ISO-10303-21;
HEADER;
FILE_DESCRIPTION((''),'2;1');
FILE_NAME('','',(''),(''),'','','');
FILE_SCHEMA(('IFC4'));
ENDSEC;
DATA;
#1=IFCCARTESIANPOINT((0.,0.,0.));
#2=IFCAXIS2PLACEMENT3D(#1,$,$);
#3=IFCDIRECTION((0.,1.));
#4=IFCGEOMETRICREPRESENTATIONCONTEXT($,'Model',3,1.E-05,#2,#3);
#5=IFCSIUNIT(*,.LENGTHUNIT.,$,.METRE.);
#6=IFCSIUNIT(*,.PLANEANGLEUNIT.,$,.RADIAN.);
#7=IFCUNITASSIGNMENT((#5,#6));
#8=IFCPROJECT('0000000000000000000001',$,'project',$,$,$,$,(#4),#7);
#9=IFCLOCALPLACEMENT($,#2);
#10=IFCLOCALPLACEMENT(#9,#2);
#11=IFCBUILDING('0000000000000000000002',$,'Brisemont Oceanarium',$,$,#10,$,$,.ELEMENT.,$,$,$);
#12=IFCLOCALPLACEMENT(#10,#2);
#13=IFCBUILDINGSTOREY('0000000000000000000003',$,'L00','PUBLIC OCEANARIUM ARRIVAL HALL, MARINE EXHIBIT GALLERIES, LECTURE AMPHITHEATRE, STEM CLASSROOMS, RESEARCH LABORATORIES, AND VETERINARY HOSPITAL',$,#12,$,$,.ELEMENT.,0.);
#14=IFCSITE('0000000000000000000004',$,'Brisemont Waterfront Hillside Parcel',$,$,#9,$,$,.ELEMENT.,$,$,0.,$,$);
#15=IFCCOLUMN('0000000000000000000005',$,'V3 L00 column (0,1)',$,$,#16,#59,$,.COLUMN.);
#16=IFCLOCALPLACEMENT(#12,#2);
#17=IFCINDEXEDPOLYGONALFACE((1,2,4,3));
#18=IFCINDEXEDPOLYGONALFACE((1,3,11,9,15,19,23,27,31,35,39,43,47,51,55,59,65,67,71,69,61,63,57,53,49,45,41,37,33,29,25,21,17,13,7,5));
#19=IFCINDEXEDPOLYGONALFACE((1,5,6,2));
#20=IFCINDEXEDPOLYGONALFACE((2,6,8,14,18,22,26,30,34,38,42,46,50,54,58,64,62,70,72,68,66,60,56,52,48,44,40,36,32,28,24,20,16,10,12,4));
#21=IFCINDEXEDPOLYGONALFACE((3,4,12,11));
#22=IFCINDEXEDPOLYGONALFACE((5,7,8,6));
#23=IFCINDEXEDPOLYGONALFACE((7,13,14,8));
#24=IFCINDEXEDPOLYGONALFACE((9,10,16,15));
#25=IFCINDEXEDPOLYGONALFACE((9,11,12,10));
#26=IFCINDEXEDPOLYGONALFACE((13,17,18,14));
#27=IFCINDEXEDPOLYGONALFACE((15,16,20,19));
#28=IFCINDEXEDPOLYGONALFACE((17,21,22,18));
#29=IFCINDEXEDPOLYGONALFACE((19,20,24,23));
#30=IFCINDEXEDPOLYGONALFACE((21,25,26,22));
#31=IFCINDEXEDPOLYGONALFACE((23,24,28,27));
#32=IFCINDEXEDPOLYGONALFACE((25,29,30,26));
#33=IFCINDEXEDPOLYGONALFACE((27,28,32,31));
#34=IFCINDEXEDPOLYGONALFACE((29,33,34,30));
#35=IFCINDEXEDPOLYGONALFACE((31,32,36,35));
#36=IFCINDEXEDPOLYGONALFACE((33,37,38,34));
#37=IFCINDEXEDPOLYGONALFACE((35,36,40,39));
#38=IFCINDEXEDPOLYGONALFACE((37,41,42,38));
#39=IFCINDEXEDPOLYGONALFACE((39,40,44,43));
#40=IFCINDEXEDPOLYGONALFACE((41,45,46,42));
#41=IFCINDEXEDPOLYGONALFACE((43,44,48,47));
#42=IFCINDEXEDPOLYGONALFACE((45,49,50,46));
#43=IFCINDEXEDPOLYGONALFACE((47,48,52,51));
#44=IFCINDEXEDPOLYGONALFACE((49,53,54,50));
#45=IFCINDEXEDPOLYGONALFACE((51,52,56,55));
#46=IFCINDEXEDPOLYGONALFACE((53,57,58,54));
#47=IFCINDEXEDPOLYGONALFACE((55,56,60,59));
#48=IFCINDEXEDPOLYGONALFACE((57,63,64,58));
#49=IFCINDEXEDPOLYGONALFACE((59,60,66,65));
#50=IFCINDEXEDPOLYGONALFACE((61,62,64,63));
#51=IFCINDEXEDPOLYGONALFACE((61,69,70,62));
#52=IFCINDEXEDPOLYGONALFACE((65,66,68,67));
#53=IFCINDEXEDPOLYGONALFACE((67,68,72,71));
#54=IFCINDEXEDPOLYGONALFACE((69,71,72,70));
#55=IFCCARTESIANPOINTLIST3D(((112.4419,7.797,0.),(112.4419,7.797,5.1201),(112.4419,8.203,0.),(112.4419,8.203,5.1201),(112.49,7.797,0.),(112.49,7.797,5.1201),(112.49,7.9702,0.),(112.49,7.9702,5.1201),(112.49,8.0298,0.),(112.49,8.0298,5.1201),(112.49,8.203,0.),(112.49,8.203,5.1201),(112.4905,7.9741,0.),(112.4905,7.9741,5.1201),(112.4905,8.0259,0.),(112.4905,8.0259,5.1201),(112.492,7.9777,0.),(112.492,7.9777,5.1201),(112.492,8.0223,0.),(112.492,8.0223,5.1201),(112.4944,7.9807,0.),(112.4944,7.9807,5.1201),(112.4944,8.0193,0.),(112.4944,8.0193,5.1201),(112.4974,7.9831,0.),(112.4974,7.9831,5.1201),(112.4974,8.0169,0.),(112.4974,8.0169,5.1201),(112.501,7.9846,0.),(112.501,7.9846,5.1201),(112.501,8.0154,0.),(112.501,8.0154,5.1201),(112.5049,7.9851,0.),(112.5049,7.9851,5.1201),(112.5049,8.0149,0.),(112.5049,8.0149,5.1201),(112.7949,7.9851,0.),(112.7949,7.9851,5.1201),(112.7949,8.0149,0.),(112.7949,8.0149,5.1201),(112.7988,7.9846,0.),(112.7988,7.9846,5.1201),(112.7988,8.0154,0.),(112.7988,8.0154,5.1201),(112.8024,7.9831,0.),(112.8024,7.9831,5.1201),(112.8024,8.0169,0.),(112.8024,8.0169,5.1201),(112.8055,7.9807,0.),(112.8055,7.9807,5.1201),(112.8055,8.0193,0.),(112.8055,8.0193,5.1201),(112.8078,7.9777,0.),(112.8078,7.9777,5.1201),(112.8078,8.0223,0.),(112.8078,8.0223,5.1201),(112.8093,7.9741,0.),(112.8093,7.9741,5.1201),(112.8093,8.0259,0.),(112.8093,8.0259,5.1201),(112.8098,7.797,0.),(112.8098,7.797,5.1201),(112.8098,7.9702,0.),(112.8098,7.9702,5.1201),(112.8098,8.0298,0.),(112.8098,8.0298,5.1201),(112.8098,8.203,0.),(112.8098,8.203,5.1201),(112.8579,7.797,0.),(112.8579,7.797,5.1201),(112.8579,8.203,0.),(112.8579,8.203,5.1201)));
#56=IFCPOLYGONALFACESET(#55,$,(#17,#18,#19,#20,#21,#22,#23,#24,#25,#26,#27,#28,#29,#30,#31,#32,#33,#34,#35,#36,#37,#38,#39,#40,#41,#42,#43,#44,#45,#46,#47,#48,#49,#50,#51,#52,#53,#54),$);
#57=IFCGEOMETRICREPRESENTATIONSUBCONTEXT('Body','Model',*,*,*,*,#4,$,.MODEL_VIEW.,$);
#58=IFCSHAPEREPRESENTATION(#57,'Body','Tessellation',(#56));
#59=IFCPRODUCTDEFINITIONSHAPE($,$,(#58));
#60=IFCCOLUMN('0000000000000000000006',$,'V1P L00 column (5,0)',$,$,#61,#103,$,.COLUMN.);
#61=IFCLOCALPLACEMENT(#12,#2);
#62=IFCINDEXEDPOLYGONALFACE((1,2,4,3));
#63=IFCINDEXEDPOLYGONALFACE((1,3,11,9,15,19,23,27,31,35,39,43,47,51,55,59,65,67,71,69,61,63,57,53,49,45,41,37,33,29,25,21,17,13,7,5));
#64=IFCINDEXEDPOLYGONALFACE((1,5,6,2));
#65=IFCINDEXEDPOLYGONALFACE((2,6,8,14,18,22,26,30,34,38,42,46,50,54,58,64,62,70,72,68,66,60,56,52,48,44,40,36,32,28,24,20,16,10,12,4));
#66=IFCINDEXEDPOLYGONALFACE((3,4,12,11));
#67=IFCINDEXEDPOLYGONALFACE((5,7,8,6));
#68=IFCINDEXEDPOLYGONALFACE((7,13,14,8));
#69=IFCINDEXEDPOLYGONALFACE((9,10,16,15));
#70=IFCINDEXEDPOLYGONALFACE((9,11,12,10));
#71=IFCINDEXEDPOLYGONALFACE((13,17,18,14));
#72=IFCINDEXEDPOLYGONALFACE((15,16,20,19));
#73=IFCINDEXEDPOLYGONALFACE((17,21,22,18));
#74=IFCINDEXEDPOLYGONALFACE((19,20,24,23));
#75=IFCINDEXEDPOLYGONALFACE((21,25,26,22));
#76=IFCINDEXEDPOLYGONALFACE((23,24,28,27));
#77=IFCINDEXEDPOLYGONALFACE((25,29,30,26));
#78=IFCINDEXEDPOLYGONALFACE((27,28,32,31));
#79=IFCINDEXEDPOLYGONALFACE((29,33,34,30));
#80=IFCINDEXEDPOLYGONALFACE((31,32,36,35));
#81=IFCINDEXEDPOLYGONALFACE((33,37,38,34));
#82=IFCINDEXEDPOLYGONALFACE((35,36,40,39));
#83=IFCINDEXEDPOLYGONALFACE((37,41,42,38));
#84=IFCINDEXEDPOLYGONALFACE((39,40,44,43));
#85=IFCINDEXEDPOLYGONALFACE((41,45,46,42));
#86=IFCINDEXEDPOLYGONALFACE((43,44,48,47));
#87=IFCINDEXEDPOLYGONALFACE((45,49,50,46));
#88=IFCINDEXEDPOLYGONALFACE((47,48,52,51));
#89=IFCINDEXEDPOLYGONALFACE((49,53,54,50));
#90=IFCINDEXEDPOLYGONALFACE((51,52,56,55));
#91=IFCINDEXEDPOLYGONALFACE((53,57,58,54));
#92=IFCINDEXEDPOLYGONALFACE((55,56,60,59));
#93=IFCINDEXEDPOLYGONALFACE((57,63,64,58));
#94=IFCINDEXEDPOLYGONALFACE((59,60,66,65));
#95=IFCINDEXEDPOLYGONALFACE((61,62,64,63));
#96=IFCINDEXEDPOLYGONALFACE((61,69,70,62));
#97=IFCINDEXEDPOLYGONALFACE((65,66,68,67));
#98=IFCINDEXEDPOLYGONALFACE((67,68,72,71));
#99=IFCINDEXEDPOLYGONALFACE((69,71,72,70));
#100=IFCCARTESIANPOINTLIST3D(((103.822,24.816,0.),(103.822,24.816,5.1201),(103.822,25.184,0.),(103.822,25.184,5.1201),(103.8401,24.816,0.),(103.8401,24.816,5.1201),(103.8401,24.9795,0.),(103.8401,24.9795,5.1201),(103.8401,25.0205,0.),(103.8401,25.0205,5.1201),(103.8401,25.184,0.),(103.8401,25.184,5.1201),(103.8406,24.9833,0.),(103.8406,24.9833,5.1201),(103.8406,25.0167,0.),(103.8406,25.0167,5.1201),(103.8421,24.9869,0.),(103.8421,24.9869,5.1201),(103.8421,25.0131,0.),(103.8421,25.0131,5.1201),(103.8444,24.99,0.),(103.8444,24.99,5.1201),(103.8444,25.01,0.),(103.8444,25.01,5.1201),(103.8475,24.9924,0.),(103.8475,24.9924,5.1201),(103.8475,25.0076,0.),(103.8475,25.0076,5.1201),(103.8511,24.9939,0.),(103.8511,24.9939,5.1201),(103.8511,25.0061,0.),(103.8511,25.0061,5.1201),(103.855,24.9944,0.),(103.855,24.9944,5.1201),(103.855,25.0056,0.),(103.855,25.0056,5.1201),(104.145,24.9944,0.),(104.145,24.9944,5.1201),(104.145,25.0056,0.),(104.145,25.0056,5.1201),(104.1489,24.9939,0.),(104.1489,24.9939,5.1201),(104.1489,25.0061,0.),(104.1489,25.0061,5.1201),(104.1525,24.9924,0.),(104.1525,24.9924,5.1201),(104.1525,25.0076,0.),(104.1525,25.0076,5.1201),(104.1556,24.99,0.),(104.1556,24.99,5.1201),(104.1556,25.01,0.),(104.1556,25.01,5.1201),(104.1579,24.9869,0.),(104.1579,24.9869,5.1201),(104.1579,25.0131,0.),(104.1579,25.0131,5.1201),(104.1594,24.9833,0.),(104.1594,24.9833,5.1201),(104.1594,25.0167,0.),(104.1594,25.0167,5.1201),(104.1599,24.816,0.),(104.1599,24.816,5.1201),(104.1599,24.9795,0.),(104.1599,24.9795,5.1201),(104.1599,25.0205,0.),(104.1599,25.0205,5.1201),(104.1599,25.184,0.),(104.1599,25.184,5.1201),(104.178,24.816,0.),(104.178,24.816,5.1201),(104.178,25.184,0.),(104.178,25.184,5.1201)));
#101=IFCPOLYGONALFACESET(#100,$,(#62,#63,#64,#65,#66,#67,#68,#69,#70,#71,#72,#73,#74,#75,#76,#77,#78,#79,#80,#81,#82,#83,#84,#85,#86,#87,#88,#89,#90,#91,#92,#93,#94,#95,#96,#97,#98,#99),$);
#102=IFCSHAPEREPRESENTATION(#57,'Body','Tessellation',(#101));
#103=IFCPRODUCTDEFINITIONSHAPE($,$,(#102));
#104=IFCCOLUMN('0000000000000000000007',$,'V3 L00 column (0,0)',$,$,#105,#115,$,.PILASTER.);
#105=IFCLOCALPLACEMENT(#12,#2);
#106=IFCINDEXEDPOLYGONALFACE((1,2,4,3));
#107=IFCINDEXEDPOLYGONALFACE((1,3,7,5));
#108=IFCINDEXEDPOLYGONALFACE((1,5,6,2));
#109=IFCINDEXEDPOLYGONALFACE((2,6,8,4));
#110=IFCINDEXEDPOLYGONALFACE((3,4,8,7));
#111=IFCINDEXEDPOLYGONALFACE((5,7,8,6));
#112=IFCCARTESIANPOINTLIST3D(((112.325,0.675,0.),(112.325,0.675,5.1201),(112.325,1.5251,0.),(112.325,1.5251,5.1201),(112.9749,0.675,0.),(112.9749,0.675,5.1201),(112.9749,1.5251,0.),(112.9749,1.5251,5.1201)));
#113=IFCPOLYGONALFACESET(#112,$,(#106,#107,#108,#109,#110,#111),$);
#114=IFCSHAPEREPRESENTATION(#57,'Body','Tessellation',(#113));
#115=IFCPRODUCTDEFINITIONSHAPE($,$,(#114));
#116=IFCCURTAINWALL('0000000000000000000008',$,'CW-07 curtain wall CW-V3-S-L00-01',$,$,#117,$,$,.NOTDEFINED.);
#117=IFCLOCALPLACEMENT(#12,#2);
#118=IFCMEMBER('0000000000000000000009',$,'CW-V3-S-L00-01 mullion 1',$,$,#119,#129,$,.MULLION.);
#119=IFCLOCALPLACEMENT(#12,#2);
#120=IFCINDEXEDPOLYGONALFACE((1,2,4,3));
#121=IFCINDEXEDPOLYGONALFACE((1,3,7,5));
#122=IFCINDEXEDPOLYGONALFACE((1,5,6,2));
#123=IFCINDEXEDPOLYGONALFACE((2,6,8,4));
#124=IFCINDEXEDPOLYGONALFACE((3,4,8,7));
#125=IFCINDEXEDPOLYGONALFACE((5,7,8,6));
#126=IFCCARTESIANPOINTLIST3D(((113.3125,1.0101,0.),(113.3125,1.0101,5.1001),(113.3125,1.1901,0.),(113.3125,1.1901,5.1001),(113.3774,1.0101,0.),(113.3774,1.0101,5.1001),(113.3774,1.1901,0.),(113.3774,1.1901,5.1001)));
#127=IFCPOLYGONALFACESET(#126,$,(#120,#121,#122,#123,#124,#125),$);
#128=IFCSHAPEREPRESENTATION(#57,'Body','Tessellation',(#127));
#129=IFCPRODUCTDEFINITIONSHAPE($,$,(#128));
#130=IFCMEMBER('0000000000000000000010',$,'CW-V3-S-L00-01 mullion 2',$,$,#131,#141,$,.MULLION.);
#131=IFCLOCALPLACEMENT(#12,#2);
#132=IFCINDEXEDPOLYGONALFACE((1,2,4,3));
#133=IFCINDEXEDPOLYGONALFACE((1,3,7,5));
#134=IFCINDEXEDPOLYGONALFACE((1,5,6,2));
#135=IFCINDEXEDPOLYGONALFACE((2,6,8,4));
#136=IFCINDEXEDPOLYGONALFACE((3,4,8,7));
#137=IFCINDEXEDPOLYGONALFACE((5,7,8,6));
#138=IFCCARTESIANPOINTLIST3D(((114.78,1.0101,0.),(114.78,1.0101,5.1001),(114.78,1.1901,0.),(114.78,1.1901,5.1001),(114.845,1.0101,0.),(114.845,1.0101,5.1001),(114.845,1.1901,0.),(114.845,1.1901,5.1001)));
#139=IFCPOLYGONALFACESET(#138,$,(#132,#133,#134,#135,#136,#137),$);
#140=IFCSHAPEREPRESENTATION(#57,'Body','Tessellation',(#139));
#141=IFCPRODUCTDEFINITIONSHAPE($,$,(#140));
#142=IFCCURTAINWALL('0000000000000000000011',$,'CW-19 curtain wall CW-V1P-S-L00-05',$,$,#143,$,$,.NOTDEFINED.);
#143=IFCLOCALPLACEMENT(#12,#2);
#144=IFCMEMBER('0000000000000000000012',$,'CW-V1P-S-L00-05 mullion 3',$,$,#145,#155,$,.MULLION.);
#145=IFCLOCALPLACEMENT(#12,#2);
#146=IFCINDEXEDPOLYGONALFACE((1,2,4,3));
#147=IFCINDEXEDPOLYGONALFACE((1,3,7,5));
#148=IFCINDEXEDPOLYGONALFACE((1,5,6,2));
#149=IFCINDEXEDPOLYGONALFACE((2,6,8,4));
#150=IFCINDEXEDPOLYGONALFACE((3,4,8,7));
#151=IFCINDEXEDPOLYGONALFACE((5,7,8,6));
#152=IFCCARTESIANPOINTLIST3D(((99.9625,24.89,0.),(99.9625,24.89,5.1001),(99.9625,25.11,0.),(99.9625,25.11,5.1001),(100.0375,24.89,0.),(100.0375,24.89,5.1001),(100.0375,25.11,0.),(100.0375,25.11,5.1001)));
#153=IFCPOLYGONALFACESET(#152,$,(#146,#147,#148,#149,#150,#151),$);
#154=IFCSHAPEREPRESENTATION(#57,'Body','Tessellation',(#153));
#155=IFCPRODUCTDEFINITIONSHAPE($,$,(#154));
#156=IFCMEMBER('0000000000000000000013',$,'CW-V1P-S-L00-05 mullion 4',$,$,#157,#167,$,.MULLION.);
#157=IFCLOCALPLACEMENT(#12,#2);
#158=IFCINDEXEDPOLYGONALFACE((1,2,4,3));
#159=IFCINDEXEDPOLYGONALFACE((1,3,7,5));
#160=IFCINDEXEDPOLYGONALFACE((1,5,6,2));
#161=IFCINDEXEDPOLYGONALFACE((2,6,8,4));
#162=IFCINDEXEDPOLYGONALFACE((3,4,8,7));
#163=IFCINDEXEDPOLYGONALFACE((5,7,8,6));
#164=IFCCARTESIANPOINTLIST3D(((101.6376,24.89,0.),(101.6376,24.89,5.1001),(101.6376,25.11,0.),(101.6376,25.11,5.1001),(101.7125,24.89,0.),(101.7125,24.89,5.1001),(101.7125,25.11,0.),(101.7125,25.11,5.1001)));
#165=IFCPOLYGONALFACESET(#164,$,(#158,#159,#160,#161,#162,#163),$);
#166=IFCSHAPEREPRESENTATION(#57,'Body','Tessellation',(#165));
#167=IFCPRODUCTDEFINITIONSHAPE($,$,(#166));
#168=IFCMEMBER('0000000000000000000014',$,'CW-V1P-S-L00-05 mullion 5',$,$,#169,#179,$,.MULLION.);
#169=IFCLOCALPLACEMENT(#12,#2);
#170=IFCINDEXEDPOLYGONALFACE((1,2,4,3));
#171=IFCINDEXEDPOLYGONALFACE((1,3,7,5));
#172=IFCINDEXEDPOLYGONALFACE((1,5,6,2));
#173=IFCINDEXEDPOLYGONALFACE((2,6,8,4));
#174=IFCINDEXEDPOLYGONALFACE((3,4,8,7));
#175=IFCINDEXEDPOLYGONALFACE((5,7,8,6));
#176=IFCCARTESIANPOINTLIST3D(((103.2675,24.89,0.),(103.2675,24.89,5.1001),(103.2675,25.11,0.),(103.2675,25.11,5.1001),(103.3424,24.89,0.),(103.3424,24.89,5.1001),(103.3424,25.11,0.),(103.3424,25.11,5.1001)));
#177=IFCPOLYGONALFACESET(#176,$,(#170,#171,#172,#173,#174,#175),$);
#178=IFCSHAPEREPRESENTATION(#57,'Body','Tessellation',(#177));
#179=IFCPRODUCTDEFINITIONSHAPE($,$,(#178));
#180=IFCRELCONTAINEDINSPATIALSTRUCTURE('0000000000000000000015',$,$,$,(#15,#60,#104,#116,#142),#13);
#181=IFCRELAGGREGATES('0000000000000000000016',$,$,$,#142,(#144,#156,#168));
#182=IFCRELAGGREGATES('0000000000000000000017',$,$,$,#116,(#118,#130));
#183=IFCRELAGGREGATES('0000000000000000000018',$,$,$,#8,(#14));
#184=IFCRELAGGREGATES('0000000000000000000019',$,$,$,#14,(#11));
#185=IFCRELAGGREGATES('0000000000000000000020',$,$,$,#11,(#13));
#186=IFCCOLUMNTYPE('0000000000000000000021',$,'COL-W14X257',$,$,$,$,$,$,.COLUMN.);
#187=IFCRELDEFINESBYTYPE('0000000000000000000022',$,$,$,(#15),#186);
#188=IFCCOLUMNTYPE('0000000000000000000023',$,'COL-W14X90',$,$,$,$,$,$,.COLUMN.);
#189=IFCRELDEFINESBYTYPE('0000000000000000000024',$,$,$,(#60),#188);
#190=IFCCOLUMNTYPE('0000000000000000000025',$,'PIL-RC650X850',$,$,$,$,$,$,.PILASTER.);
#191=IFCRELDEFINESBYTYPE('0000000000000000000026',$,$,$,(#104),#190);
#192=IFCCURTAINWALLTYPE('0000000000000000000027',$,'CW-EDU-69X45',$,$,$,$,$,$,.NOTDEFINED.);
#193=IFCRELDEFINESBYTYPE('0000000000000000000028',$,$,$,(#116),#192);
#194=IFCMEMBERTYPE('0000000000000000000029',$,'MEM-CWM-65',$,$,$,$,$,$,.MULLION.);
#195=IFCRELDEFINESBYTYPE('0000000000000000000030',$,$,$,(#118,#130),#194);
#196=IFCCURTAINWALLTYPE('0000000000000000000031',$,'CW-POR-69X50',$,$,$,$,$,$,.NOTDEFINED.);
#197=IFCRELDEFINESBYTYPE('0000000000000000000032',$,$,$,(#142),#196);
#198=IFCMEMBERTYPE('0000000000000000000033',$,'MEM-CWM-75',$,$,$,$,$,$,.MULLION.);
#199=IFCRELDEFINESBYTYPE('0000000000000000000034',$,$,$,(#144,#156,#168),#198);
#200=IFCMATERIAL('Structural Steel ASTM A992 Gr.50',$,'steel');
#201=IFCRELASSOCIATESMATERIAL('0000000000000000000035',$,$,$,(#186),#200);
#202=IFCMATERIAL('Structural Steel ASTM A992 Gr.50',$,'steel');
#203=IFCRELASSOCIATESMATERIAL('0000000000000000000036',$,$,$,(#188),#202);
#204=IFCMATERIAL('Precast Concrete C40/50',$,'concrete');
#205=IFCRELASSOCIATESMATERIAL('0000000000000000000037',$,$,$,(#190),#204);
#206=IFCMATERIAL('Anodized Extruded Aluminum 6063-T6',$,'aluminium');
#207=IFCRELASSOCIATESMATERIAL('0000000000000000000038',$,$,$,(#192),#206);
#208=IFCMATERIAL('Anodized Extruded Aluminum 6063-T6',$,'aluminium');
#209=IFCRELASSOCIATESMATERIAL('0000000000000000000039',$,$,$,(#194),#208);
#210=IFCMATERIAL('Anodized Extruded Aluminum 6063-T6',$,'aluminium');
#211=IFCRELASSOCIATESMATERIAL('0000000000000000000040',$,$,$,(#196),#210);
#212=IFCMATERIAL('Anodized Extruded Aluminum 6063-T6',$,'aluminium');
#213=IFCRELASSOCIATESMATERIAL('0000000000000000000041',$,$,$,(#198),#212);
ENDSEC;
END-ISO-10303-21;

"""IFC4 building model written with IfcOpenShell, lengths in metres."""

from ifc_helpers import new_model, si_unit, direction, frame, origin, origin_2d, place, context, subcontext, project, spatial, rectangle, i_section, extrude, material, material_profile, profile_set, type_object, element, aggregate, save


model = new_model("IFC4")

# Units and contexts
model_context = context("Model", 3, precision=1e-05, world=origin(), true_north=direction((0.0, 1.0)))
body_context = subcontext(model_context, "Body", "Model", "MODEL_VIEW")
ifc_project = project(units=[si_unit("LENGTHUNIT", "METRE"), si_unit("PLANEANGLEUNIT", "RADIAN")], contexts=[model_context])

# Site, building, storey
site_placement = place(None, origin())
site = spatial("IfcSite", under=ifc_project, at=site_placement, Name="Brisemont Waterfront Hillside Parcel", CompositionType="ELEMENT", RefElevation=0.0)
building_placement = place(site_placement, origin())
building = spatial("IfcBuilding", under=site, at=building_placement, Name="Brisemont Oceanarium", CompositionType="ELEMENT")
storey_placement = place(building_placement, origin())
storey = spatial("IfcBuildingStorey", under=building, at=storey_placement, Name="L00", Description="PUBLIC OCEANARIUM ARRIVAL HALL, MARINE EXHIBIT GALLERIES, LECTURE AMPHITHEATRE, STEM CLASSROOMS, RESEARCH LABORATORIES, AND VETERINARY HOSPITAL", CompositionType="ELEMENT", Elevation=0.0)

# Columns
ifc_material_1 = material(Name="Structural Steel ASTM A992 Gr.50", Category="steel")
ifc_material_profile_1 = material_profile(ifc_material_1, i_section(OverallWidth=0.406, OverallDepth=0.416, WebThickness=0.0298, FlangeThickness=0.0481, FilletRadius=0.0149, at=origin_2d()), Name="W14X257")
ifc_profile_set_1 = profile_set([ifc_material_profile_1], Name="Structural Steel ASTM A992 Gr.50")
column_type_1 = type_object("IfcColumnType", Name="COL-W14X257", PredefinedType="COLUMN", material=ifc_profile_set_1)
column_1_placement = place(storey_placement, frame((112.6499, 8.0, 0.0), z_axis=(0.0, 0.0, 1.0), x_axis=(0.0, 1.0, 0.0)))
element("IfcColumn", 1, at=column_1_placement, inside=storey, type_object=column_type_1, Name="V3 L00 column (0,1)", PredefinedType="COLUMN", context=body_context, shape_type="SweptSolid", body=[
    extrude(i_section(OverallWidth=0.406, OverallDepth=0.416, WebThickness=0.0298, FlangeThickness=0.0481, FilletRadius=0.0149, at=origin_2d()), origin(), (0.0, 0.0, 1.0), 5.1201),
])
ifc_material_2 = material(Name="Structural Steel ASTM A992 Gr.50", Category="steel")
ifc_material_profile_2 = material_profile(ifc_material_2, i_section(OverallWidth=0.3679, OverallDepth=0.356, WebThickness=0.0112, FlangeThickness=0.0181, FilletRadius=0.0149, at=origin_2d()), Name="W14X90")
ifc_profile_set_2 = profile_set([ifc_material_profile_2], Name="Structural Steel ASTM A992 Gr.50")
column_type_2 = type_object("IfcColumnType", Name="COL-W14X90", PredefinedType="COLUMN", material=ifc_profile_set_2)
column_2_placement = place(storey_placement, frame((104.0, 25.0, 0.0), z_axis=(0.0, 0.0, 1.0), x_axis=(0.0, 1.0, 0.0)))
element("IfcColumn", 2, at=column_2_placement, inside=storey, type_object=column_type_2, Name="V1P L00 column (5,0)", PredefinedType="COLUMN", context=body_context, shape_type="SweptSolid", body=[
    extrude(i_section(OverallWidth=0.3679, OverallDepth=0.356, WebThickness=0.0112, FlangeThickness=0.0181, FilletRadius=0.0149, at=origin_2d()), origin(), (0.0, 0.0, 1.0), 5.1201),
])
ifc_material_3 = material(Name="Precast Concrete C40/50", Category="concrete")
ifc_material_profile_3 = material_profile(ifc_material_3, rectangle(XDim=0.6499, YDim=0.8501, at=origin_2d()), Name="RC-PIL-650X850")
ifc_profile_set_3 = profile_set([ifc_material_profile_3], Name="Precast Concrete C40/50")
column_type_3 = type_object("IfcColumnType", Name="PIL-RC650X850", PredefinedType="PILASTER", material=ifc_profile_set_3)
column_3_placement = place(storey_placement, frame((112.6499, 1.1001, 0.0), z_axis=(0.0, 0.0, 1.0), x_axis=(1.0, 0.0, 0.0)))
element("IfcColumn", 3, at=column_3_placement, inside=storey, type_object=column_type_3, Name="V3 L00 column (0,0)", PredefinedType="PILASTER", context=body_context, shape_type="SweptSolid", body=[
    extrude(rectangle(XDim=0.6499, YDim=0.8501, at=origin_2d()), origin(), (0.0, 0.0, 1.0), 5.1201),
])

# Curtain walls, members
ifc_material_4 = material(Name="Anodized Extruded Aluminum 6063-T6", Category="aluminium")
curtain_wall_type_1 = type_object("IfcCurtainWallType", Name="CW-EDU-69X45", PredefinedType="NOTDEFINED", material=ifc_material_4)
curtain_wall_1_placement = place(storey_placement, origin())
curtain_wall_1 = element("IfcCurtainWall", 4, at=curtain_wall_1_placement, inside=storey, type_object=curtain_wall_type_1, Name="CW-07 curtain wall CW-V3-S-L00-01", PredefinedType="NOTDEFINED")
ifc_material_5 = material(Name="Anodized Extruded Aluminum 6063-T6", Category="aluminium")
ifc_material_profile_4 = material_profile(ifc_material_5, rectangle(XDim=0.0649, YDim=0.1799, at=origin_2d()), Name="CWM-65X180")
ifc_profile_set_4 = profile_set([ifc_material_profile_4], Name="Anodized Extruded Aluminum 6063-T6")
member_type_1 = type_object("IfcMemberType", Name="MEM-CWM-65", PredefinedType="MULLION", material=ifc_profile_set_4)
member_1_placement = place(storey_placement, frame((113.345, 1.1001, 0.0), z_axis=(0.0, 0.0, 1.0), x_axis=(1.0, 0.0, 0.0)))
member_1 = element("IfcMember", 5, at=member_1_placement, type_object=member_type_1, Name="CW-V3-S-L00-01 mullion 1", PredefinedType="MULLION", context=body_context, shape_type="SweptSolid", body=[
    extrude(rectangle(XDim=0.0649, YDim=0.1799, at=origin_2d()), origin(), (0.0, 0.0, 1.0), 5.1001),
])
member_2_placement = place(storey_placement, frame((114.8125, 1.1001, 0.0), z_axis=(0.0, 0.0, 1.0), x_axis=(1.0, 0.0, 0.0)))
member_2 = element("IfcMember", 6, at=member_2_placement, type_object=member_type_1, Name="CW-V3-S-L00-01 mullion 2", PredefinedType="MULLION", context=body_context, shape_type="SweptSolid", body=[
    extrude(rectangle(XDim=0.0649, YDim=0.1799, at=origin_2d()), origin(), (0.0, 0.0, 1.0), 5.1001),
])
ifc_material_6 = material(Name="Anodized Extruded Aluminum 6063-T6", Category="aluminium")
curtain_wall_type_2 = type_object("IfcCurtainWallType", Name="CW-POR-69X50", PredefinedType="NOTDEFINED", material=ifc_material_6)
curtain_wall_2_placement = place(storey_placement, origin())
curtain_wall_2 = element("IfcCurtainWall", 7, at=curtain_wall_2_placement, inside=storey, type_object=curtain_wall_type_2, Name="CW-19 curtain wall CW-V1P-S-L00-05", PredefinedType="NOTDEFINED")
ifc_material_7 = material(Name="Anodized Extruded Aluminum 6063-T6", Category="aluminium")
ifc_material_profile_5 = material_profile(ifc_material_7, rectangle(XDim=0.075, YDim=0.22, at=origin_2d()), Name="CWM-75X220")
ifc_profile_set_5 = profile_set([ifc_material_profile_5], Name="Anodized Extruded Aluminum 6063-T6")
member_type_2 = type_object("IfcMemberType", Name="MEM-CWM-75", PredefinedType="MULLION", material=ifc_profile_set_5)
member_3_placement = place(storey_placement, frame((100.0, 25.0, 0.0), z_axis=(0.0, 0.0, 1.0), x_axis=(1.0, 0.0, 0.0)))
member_3 = element("IfcMember", 8, at=member_3_placement, type_object=member_type_2, Name="CW-V1P-S-L00-05 mullion 3", PredefinedType="MULLION", context=body_context, shape_type="SweptSolid", body=[
    extrude(rectangle(XDim=0.075, YDim=0.22, at=origin_2d()), origin(), (0.0, 0.0, 1.0), 5.1001),
])
member_4_placement = place(storey_placement, frame((101.675, 25.0, 0.0), z_axis=(0.0, 0.0, 1.0), x_axis=(1.0, 0.0, 0.0)))
member_4 = element("IfcMember", 9, at=member_4_placement, type_object=member_type_2, Name="CW-V1P-S-L00-05 mullion 4", PredefinedType="MULLION", context=body_context, shape_type="SweptSolid", body=[
    extrude(rectangle(XDim=0.075, YDim=0.22, at=origin_2d()), origin(), (0.0, 0.0, 1.0), 5.1001),
])
member_5_placement = place(storey_placement, frame((103.3049, 25.0, 0.0), z_axis=(0.0, 0.0, 1.0), x_axis=(1.0, 0.0, 0.0)))
member_5 = element("IfcMember", 10, at=member_5_placement, type_object=member_type_2, Name="CW-V1P-S-L00-05 mullion 5", PredefinedType="MULLION", context=body_context, shape_type="SweptSolid", body=[
    extrude(rectangle(XDim=0.075, YDim=0.22, at=origin_2d()), origin(), (0.0, 0.0, 1.0), 5.1001),
])

aggregate(curtain_wall_2, [member_3, member_4, member_5])
aggregate(curtain_wall_1, [member_1, member_2])

save(model, "model.ifc")
